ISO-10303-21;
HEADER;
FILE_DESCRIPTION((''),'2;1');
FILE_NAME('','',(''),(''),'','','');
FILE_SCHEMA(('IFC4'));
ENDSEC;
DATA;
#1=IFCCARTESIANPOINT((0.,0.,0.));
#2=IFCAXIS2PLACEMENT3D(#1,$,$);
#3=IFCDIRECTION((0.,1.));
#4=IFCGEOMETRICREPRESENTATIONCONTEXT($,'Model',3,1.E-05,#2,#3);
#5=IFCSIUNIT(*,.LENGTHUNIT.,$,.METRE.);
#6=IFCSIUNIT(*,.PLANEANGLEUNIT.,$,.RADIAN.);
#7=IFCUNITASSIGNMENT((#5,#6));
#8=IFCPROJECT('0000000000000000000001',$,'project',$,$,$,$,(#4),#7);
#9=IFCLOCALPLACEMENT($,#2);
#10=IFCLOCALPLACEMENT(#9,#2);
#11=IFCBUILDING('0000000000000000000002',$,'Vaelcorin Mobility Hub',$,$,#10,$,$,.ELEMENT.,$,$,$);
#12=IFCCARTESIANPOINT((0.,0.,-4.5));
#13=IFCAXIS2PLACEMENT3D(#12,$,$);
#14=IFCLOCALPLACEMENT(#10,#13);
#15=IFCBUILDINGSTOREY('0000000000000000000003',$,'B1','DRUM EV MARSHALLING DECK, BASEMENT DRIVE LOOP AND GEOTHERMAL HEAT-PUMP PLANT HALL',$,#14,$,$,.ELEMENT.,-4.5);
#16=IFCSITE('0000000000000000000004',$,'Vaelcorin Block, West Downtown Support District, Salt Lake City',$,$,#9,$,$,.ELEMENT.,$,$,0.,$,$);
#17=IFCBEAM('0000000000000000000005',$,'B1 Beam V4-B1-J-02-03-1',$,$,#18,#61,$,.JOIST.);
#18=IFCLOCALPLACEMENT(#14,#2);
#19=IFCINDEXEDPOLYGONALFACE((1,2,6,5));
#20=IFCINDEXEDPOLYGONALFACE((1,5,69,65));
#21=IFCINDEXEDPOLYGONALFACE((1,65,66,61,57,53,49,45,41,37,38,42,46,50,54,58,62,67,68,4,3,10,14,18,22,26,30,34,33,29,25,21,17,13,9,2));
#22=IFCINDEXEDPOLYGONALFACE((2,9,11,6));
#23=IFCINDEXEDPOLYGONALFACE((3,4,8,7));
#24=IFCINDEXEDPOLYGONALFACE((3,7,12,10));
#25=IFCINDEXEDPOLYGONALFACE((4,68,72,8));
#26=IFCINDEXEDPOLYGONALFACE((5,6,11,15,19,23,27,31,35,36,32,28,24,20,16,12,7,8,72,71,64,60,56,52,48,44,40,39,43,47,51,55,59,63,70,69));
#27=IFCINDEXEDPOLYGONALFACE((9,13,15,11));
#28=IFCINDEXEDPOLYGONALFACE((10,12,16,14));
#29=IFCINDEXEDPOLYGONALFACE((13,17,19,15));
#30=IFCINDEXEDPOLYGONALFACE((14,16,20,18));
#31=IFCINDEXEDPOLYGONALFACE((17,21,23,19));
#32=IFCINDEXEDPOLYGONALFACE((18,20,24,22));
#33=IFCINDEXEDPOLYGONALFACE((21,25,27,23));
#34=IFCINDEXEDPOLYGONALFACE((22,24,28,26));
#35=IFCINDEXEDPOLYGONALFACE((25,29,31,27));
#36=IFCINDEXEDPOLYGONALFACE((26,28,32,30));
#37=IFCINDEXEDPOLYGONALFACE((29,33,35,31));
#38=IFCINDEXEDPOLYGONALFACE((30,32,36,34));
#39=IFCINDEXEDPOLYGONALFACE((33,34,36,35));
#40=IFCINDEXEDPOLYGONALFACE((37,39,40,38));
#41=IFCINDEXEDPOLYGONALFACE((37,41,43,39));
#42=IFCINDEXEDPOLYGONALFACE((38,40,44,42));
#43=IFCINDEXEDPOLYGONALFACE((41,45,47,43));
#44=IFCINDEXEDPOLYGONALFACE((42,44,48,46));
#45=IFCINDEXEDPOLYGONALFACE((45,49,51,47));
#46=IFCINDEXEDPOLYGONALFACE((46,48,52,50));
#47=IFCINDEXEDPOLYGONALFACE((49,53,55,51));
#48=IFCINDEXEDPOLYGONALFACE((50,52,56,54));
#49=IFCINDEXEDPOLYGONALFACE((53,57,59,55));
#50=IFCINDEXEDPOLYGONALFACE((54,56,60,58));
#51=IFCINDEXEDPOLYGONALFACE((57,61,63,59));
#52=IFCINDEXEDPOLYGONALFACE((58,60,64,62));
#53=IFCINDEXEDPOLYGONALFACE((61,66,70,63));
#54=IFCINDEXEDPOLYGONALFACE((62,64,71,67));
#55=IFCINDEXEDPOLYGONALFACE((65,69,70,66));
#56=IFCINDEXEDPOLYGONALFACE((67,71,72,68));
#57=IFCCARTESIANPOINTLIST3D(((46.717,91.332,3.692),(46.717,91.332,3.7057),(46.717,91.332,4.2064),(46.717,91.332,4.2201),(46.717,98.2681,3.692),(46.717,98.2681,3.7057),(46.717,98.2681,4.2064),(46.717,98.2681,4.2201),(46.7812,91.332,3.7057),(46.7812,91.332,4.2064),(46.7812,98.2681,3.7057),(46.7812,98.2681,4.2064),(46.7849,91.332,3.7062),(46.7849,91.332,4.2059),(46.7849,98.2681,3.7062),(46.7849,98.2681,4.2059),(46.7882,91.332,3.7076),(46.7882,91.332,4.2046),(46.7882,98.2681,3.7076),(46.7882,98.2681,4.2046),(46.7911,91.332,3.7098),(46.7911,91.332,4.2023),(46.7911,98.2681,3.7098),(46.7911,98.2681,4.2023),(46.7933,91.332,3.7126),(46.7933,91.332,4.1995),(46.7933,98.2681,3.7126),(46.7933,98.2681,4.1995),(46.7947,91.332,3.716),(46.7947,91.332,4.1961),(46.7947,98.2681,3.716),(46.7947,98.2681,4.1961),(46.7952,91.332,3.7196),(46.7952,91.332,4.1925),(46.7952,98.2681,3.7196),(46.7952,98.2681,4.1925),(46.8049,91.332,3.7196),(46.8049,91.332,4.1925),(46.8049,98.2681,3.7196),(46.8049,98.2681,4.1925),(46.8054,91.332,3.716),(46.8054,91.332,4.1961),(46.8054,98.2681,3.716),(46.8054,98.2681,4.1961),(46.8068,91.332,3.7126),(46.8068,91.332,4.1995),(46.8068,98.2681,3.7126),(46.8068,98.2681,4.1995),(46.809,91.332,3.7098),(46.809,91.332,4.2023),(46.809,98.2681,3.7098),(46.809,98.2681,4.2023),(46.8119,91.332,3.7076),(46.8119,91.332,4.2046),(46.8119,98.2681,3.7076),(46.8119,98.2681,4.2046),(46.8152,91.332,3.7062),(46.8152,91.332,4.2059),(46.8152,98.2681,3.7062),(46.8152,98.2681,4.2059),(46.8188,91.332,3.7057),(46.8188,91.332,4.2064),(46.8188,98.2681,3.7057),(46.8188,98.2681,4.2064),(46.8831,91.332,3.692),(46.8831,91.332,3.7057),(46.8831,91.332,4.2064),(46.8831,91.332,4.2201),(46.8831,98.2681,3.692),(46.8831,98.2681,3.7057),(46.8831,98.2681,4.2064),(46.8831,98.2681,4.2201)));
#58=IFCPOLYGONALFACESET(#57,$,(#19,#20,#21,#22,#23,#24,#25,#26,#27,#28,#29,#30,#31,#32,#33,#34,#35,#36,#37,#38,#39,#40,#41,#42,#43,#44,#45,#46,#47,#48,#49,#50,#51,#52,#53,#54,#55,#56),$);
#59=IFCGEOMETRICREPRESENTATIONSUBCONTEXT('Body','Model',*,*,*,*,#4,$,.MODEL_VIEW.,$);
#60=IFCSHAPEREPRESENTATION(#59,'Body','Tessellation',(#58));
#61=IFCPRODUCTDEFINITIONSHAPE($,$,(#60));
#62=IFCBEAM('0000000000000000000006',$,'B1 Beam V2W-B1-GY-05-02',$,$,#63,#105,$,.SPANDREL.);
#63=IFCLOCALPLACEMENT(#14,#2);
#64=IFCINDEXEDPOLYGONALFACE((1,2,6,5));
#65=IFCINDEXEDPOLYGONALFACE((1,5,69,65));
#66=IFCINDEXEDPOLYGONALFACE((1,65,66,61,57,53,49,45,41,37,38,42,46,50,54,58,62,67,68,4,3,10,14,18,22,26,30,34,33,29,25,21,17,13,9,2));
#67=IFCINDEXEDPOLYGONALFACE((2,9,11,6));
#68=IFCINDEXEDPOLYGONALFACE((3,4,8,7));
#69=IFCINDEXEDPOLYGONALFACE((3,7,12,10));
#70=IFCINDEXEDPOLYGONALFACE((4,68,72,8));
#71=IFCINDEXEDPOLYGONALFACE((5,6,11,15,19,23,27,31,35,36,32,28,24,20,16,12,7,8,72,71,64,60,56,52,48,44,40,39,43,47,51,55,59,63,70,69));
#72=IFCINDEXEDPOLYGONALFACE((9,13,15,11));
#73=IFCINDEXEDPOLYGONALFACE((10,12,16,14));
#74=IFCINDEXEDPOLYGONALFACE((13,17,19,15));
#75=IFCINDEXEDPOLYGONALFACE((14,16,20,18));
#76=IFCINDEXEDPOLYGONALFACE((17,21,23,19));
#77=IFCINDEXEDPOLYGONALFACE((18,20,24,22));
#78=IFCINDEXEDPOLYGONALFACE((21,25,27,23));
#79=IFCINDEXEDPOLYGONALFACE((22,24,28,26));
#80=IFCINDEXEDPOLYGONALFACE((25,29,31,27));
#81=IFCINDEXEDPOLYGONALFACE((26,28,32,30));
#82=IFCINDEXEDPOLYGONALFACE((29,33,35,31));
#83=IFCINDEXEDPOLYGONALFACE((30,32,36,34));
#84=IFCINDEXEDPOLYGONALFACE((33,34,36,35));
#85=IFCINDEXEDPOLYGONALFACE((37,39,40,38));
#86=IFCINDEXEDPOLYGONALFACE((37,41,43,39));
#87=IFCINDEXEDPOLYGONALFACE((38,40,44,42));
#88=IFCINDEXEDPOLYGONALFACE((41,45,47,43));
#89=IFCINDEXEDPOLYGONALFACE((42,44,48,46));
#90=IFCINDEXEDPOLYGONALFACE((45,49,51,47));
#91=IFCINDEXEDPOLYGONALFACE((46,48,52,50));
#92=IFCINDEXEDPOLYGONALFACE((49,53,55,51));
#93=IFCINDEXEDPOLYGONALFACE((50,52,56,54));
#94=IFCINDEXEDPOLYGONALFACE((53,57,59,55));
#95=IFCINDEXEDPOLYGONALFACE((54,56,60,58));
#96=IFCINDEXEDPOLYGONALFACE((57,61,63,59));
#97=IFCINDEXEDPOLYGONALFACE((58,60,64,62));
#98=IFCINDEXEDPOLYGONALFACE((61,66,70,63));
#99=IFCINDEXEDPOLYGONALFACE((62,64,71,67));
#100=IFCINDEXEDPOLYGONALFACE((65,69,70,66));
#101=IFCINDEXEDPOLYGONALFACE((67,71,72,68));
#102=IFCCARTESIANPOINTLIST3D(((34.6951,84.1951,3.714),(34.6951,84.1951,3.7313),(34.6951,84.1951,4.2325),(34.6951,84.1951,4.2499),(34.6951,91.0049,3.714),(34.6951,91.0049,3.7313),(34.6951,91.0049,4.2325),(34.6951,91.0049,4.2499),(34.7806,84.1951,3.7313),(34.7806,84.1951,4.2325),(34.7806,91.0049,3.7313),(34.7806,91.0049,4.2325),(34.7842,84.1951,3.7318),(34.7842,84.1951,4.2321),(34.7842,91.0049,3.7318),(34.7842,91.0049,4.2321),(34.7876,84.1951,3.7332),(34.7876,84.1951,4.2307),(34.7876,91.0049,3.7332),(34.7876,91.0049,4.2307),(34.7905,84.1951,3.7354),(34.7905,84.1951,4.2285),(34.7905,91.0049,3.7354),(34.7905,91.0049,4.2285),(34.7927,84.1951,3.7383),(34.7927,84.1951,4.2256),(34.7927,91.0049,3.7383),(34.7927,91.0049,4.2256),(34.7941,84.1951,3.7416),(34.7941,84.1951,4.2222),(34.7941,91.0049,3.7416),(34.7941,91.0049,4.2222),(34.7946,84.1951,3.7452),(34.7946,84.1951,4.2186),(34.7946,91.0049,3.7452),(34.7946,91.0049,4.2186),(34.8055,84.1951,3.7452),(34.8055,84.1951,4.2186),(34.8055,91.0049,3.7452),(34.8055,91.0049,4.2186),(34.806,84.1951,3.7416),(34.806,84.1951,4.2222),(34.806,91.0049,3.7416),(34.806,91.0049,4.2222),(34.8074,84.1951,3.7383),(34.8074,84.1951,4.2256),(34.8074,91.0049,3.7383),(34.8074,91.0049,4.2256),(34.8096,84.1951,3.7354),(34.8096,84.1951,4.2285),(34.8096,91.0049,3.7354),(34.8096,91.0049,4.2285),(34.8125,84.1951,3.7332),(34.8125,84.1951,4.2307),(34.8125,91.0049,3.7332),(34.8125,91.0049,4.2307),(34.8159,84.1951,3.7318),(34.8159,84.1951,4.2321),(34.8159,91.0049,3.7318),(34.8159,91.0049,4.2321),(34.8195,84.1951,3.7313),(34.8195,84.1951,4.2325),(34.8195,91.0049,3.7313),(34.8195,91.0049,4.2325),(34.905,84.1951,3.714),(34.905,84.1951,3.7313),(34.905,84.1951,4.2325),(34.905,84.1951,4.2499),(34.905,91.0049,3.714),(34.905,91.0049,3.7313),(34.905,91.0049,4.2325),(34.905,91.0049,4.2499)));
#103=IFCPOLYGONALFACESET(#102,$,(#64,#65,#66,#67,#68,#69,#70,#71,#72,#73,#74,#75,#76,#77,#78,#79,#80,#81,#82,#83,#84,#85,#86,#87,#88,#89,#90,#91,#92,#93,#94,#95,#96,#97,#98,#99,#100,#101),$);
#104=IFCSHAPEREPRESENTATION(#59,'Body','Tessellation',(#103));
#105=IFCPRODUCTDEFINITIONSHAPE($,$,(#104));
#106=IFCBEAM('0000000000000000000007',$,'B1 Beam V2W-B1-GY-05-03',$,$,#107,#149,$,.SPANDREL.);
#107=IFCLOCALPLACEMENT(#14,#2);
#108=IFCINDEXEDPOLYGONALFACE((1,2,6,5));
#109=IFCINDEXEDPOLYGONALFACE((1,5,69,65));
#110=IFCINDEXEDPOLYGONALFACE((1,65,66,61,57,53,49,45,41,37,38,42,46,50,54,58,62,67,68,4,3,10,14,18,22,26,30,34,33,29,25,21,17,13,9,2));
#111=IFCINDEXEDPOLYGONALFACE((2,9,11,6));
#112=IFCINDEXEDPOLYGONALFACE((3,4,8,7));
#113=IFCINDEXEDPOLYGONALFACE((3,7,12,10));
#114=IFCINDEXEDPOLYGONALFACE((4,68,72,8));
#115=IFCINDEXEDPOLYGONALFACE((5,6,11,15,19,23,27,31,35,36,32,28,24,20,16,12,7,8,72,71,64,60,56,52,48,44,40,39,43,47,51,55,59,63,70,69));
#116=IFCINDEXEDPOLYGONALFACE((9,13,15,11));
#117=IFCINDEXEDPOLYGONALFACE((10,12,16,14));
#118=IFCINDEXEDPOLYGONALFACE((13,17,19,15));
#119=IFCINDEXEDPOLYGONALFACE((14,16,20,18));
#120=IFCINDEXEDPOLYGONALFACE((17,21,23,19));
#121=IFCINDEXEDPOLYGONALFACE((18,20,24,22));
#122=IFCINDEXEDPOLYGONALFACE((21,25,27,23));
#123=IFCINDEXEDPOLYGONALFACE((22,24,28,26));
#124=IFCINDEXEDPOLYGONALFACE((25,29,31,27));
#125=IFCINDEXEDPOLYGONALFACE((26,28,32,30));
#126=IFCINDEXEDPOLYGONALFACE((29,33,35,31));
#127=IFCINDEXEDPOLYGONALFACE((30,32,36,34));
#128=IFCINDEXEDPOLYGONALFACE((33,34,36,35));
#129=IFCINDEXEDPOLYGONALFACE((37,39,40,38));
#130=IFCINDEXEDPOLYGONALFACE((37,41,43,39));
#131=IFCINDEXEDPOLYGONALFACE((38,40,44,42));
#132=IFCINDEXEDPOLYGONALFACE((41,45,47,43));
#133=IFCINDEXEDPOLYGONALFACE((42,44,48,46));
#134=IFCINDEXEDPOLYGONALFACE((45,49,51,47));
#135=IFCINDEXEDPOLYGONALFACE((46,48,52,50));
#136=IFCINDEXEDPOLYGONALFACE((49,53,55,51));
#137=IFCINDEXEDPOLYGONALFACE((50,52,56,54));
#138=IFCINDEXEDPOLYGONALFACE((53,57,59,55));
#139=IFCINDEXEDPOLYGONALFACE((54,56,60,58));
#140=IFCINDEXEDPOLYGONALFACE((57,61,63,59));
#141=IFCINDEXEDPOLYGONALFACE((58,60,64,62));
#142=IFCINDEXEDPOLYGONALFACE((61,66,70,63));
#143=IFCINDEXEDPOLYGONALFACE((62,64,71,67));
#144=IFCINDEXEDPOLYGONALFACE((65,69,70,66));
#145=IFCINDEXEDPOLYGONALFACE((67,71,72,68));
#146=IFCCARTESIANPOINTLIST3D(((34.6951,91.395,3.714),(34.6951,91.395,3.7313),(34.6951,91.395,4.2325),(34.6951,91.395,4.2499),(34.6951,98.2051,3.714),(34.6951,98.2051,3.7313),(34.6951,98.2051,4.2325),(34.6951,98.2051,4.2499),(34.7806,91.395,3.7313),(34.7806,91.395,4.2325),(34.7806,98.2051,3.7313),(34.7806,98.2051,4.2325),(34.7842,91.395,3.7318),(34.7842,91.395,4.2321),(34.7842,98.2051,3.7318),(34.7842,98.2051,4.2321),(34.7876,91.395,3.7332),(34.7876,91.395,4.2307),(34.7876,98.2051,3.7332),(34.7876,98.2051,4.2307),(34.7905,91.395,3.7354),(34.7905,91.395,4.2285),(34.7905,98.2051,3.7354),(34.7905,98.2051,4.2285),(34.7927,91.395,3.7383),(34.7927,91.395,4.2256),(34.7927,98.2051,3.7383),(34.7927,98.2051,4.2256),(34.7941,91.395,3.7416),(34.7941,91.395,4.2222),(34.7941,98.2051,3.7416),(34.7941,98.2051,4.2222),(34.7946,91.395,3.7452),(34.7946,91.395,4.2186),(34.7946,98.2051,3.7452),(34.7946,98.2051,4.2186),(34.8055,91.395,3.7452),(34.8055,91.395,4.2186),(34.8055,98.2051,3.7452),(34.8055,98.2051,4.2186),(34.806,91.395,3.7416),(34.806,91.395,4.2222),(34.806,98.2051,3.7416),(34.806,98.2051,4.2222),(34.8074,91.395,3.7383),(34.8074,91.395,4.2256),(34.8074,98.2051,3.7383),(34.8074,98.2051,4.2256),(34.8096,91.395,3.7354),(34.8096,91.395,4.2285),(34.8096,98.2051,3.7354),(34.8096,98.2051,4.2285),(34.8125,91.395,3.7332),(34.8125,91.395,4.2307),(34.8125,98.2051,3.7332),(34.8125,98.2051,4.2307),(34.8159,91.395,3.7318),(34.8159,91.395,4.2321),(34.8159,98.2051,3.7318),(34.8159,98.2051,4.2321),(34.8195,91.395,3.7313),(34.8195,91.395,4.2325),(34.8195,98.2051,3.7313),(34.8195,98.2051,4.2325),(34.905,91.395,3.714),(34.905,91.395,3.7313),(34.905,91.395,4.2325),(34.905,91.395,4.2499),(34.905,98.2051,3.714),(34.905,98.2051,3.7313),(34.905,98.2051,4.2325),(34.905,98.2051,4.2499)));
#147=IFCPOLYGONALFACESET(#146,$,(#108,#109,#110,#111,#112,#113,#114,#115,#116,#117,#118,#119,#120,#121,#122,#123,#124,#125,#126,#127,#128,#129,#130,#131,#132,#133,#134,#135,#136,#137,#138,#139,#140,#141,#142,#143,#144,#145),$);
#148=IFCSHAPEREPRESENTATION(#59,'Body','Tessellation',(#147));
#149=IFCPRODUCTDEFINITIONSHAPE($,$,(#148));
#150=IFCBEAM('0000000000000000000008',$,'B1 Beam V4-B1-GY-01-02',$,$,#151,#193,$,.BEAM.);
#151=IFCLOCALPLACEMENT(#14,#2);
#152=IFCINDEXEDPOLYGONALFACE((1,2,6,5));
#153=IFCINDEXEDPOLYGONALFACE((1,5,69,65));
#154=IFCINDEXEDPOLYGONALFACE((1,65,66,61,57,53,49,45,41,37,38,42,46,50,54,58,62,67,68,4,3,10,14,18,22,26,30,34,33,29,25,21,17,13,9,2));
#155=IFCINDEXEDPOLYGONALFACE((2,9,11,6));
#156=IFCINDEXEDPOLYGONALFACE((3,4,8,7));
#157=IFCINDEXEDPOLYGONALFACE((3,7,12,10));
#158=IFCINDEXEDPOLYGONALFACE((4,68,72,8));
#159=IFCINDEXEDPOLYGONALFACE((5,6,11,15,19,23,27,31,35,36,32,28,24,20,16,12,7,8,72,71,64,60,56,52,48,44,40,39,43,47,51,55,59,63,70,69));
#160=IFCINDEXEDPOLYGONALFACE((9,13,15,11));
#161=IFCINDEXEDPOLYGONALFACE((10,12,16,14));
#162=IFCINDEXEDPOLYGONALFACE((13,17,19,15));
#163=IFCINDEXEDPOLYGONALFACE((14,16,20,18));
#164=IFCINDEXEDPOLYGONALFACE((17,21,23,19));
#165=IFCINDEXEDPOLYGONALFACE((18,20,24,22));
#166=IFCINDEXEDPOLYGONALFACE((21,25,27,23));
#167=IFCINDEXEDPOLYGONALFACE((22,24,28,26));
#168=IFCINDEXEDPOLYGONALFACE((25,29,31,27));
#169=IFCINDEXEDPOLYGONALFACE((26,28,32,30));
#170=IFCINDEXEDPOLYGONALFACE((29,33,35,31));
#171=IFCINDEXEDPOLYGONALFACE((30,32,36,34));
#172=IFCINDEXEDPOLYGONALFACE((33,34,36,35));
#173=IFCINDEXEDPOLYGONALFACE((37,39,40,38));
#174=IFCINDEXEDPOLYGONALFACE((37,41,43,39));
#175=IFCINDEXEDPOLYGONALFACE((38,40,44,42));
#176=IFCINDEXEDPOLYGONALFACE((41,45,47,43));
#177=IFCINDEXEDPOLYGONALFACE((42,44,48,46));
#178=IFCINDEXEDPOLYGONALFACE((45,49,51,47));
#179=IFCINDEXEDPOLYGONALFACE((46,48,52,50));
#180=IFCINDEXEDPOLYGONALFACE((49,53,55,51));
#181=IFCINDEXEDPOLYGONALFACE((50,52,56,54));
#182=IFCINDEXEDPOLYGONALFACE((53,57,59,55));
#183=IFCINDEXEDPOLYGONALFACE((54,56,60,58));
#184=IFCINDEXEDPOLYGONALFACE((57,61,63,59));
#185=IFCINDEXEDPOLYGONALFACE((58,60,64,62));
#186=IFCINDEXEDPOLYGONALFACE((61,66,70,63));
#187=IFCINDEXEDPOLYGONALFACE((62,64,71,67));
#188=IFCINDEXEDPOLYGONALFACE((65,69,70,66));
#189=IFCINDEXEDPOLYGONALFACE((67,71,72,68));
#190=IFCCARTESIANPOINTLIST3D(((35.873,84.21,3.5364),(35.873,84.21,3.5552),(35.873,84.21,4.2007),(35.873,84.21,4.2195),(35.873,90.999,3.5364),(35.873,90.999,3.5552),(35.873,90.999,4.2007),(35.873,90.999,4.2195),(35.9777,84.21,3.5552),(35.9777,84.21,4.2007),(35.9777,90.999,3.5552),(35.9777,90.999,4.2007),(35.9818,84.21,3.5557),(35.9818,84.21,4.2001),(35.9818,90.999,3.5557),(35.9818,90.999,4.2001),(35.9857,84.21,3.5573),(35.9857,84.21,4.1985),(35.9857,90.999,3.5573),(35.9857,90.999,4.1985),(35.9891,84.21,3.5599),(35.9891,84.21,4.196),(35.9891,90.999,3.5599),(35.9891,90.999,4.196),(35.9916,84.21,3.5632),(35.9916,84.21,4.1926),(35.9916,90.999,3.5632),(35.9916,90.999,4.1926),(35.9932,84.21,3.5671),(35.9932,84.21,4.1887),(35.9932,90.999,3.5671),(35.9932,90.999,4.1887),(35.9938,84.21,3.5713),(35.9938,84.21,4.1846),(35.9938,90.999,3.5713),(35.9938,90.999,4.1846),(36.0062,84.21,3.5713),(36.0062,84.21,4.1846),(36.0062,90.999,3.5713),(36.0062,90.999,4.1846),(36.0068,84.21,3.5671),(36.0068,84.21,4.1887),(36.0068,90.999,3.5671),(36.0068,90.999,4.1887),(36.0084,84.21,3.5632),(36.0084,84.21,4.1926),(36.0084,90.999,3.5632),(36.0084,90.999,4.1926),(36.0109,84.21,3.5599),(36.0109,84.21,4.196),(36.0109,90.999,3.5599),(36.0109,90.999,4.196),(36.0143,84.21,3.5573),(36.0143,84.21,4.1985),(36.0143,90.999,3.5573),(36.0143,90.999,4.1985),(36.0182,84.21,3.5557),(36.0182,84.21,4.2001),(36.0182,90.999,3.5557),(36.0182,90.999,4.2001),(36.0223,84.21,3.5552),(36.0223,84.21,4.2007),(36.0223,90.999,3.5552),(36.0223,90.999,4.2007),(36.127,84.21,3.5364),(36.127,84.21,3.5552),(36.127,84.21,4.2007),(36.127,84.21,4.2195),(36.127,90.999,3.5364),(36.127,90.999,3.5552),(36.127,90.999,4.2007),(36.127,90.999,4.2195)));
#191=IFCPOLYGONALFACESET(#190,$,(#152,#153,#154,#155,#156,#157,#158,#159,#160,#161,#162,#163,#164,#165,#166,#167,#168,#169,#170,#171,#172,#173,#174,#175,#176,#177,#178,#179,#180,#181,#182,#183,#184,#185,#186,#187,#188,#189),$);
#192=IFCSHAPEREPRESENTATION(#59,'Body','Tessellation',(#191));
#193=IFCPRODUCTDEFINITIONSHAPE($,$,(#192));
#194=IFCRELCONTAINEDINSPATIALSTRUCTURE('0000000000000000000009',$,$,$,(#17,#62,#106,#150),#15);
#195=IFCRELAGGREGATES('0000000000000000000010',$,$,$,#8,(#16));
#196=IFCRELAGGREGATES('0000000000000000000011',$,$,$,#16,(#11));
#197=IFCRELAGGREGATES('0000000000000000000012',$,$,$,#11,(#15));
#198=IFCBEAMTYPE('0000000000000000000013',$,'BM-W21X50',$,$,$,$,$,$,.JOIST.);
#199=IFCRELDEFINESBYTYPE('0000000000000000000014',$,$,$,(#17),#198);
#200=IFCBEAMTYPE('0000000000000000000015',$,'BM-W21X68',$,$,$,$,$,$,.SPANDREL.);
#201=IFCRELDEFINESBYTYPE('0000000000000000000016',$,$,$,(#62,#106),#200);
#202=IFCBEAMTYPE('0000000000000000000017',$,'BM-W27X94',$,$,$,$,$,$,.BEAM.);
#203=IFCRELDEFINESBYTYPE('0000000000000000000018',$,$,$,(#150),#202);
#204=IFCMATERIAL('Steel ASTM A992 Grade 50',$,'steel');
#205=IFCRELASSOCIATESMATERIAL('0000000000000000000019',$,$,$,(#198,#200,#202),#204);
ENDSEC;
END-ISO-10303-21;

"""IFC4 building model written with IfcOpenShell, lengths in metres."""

from ifc_helpers import new_model, si_unit, direction, frame, origin, origin_2d, place, context, subcontext, project, spatial, i_section, extrude, material, material_profile, profile_set, type_object, element, save


model = new_model("IFC4")

# Units and contexts
model_context = context("Model", 3, precision=1e-05, world=origin(), true_north=direction((0.0, 1.0)))
body_context = subcontext(model_context, "Body", "Model", "MODEL_VIEW")
ifc_project = project(units=[si_unit("LENGTHUNIT", "METRE"), si_unit("PLANEANGLEUNIT", "RADIAN")], contexts=[model_context])

# Site, building, storey
site_placement = place(None, origin())
site = spatial("IfcSite", under=ifc_project, at=site_placement, Name="Vaelcorin Block, West Downtown Support District, Salt Lake City", CompositionType="ELEMENT", RefElevation=0.0)
building_placement = place(site_placement, origin())
building = spatial("IfcBuilding", under=site, at=building_placement, Name="Vaelcorin Mobility Hub", CompositionType="ELEMENT")
storey_placement = place(building_placement, frame((0.0, 0.0, -4.5)))
storey = spatial("IfcBuildingStorey", under=building, at=storey_placement, Name="B1", Description="DRUM EV MARSHALLING DECK, BASEMENT DRIVE LOOP AND GEOTHERMAL HEAT-PUMP PLANT HALL", CompositionType="ELEMENT", Elevation=-4.5)

# Shared definitions
ifc_material_1 = material(Name="Steel ASTM A992 Grade 50", Category="steel")

# Beams
ifc_material_profile_1 = material_profile(ifc_material_1, i_section(OverallWidth=0.166, OverallDepth=0.5281, WebThickness=0.0098, FlangeThickness=0.0137, FilletRadius=0.0139, at=origin_2d()), Name="W21X50")
ifc_profile_set_1 = profile_set([ifc_material_profile_1], Name="Steel ASTM A992 Grade 50")
beam_type_1 = type_object("IfcBeamType", Name="BM-W21X50", PredefinedType="JOIST", material=ifc_profile_set_1)
for number, where, z_axis, x_axis, name in (
    (1, (46.8, 91.332, 3.9561), (0.0, 1.0, 0.0), (-1.0, 0.0, 0.0), "B1 Beam V4-B1-J-02-03-1"),
):
    element("IfcBeam", number, at=place(storey_placement, frame(where, z_axis=z_axis, x_axis=x_axis)), inside=storey, type_object=beam_type_1, Name=name, PredefinedType="JOIST", context=body_context, shape_type="SweptSolid", body=[
        extrude(i_section(OverallWidth=0.166, OverallDepth=0.5281, WebThickness=0.0098, FlangeThickness=0.0137, FilletRadius=0.0139, at=origin_2d()), origin(), (0.0, 0.0, 1.0), 6.936),
    ])
ifc_material_profile_2 = material_profile(ifc_material_1, i_section(OverallWidth=0.21, OverallDepth=0.5359, WebThickness=0.011, FlangeThickness=0.0173, FilletRadius=0.0139, at=origin_2d()), Name="W21X68")
ifc_profile_set_2 = profile_set([ifc_material_profile_2], Name="Steel ASTM A992 Grade 50")
beam_type_2 = type_object("IfcBeamType", Name="BM-W21X68", PredefinedType="SPANDREL", material=ifc_profile_set_2)
beam_1_placement = place(storey_placement, frame((34.8, 84.1951, 3.9819), z_axis=(0.0, 1.0, 0.0), x_axis=(-1.0, 0.0, 0.0)))
element("IfcBeam", 2, at=beam_1_placement, inside=storey, type_object=beam_type_2, Name="B1 Beam V2W-B1-GY-05-02", PredefinedType="SPANDREL", context=body_context, shape_type="SweptSolid", body=[
    extrude(i_section(OverallWidth=0.21, OverallDepth=0.5359, WebThickness=0.011, FlangeThickness=0.0173, FilletRadius=0.0139, at=origin_2d()), origin(), (0.0, 0.0, 1.0), 6.8098),
])
beam_2_placement = place(storey_placement, frame((34.8, 91.395, 3.9819), z_axis=(0.0, 1.0, 0.0), x_axis=(-1.0, 0.0, 0.0)))
element("IfcBeam", 3, at=beam_2_placement, inside=storey, type_object=beam_type_2, Name="B1 Beam V2W-B1-GY-05-03", PredefinedType="SPANDREL", context=body_context, shape_type="SweptSolid", body=[
    extrude(i_section(OverallWidth=0.21, OverallDepth=0.5359, WebThickness=0.011, FlangeThickness=0.0173, FilletRadius=0.0139, at=origin_2d()), origin(), (0.0, 0.0, 1.0), 6.8101),
])
ifc_material_profile_3 = material_profile(ifc_material_1, i_section(OverallWidth=0.2539, OverallDepth=0.6831, WebThickness=0.0125, FlangeThickness=0.0188, FilletRadius=0.0161, at=origin_2d()), Name="W27X94")
ifc_profile_set_3 = profile_set([ifc_material_profile_3], Name="Steel ASTM A992 Grade 50")
beam_type_3 = type_object("IfcBeamType", Name="BM-W27X94", PredefinedType="BEAM", material=ifc_profile_set_3)
beam_3_placement = place(storey_placement, frame((36.0, 84.21, 3.8779), z_axis=(0.0, 1.0, 0.0), x_axis=(-1.0, 0.0, 0.0)))
element("IfcBeam", 4, at=beam_3_placement, inside=storey, type_object=beam_type_3, Name="B1 Beam V4-B1-GY-01-02", PredefinedType="BEAM", context=body_context, shape_type="SweptSolid", body=[
    extrude(i_section(OverallWidth=0.2539, OverallDepth=0.6831, WebThickness=0.0125, FlangeThickness=0.0188, FilletRadius=0.0161, at=origin_2d()), origin(), (0.0, 0.0, 1.0), 6.7891),
])

save(model, "model.ifc")
